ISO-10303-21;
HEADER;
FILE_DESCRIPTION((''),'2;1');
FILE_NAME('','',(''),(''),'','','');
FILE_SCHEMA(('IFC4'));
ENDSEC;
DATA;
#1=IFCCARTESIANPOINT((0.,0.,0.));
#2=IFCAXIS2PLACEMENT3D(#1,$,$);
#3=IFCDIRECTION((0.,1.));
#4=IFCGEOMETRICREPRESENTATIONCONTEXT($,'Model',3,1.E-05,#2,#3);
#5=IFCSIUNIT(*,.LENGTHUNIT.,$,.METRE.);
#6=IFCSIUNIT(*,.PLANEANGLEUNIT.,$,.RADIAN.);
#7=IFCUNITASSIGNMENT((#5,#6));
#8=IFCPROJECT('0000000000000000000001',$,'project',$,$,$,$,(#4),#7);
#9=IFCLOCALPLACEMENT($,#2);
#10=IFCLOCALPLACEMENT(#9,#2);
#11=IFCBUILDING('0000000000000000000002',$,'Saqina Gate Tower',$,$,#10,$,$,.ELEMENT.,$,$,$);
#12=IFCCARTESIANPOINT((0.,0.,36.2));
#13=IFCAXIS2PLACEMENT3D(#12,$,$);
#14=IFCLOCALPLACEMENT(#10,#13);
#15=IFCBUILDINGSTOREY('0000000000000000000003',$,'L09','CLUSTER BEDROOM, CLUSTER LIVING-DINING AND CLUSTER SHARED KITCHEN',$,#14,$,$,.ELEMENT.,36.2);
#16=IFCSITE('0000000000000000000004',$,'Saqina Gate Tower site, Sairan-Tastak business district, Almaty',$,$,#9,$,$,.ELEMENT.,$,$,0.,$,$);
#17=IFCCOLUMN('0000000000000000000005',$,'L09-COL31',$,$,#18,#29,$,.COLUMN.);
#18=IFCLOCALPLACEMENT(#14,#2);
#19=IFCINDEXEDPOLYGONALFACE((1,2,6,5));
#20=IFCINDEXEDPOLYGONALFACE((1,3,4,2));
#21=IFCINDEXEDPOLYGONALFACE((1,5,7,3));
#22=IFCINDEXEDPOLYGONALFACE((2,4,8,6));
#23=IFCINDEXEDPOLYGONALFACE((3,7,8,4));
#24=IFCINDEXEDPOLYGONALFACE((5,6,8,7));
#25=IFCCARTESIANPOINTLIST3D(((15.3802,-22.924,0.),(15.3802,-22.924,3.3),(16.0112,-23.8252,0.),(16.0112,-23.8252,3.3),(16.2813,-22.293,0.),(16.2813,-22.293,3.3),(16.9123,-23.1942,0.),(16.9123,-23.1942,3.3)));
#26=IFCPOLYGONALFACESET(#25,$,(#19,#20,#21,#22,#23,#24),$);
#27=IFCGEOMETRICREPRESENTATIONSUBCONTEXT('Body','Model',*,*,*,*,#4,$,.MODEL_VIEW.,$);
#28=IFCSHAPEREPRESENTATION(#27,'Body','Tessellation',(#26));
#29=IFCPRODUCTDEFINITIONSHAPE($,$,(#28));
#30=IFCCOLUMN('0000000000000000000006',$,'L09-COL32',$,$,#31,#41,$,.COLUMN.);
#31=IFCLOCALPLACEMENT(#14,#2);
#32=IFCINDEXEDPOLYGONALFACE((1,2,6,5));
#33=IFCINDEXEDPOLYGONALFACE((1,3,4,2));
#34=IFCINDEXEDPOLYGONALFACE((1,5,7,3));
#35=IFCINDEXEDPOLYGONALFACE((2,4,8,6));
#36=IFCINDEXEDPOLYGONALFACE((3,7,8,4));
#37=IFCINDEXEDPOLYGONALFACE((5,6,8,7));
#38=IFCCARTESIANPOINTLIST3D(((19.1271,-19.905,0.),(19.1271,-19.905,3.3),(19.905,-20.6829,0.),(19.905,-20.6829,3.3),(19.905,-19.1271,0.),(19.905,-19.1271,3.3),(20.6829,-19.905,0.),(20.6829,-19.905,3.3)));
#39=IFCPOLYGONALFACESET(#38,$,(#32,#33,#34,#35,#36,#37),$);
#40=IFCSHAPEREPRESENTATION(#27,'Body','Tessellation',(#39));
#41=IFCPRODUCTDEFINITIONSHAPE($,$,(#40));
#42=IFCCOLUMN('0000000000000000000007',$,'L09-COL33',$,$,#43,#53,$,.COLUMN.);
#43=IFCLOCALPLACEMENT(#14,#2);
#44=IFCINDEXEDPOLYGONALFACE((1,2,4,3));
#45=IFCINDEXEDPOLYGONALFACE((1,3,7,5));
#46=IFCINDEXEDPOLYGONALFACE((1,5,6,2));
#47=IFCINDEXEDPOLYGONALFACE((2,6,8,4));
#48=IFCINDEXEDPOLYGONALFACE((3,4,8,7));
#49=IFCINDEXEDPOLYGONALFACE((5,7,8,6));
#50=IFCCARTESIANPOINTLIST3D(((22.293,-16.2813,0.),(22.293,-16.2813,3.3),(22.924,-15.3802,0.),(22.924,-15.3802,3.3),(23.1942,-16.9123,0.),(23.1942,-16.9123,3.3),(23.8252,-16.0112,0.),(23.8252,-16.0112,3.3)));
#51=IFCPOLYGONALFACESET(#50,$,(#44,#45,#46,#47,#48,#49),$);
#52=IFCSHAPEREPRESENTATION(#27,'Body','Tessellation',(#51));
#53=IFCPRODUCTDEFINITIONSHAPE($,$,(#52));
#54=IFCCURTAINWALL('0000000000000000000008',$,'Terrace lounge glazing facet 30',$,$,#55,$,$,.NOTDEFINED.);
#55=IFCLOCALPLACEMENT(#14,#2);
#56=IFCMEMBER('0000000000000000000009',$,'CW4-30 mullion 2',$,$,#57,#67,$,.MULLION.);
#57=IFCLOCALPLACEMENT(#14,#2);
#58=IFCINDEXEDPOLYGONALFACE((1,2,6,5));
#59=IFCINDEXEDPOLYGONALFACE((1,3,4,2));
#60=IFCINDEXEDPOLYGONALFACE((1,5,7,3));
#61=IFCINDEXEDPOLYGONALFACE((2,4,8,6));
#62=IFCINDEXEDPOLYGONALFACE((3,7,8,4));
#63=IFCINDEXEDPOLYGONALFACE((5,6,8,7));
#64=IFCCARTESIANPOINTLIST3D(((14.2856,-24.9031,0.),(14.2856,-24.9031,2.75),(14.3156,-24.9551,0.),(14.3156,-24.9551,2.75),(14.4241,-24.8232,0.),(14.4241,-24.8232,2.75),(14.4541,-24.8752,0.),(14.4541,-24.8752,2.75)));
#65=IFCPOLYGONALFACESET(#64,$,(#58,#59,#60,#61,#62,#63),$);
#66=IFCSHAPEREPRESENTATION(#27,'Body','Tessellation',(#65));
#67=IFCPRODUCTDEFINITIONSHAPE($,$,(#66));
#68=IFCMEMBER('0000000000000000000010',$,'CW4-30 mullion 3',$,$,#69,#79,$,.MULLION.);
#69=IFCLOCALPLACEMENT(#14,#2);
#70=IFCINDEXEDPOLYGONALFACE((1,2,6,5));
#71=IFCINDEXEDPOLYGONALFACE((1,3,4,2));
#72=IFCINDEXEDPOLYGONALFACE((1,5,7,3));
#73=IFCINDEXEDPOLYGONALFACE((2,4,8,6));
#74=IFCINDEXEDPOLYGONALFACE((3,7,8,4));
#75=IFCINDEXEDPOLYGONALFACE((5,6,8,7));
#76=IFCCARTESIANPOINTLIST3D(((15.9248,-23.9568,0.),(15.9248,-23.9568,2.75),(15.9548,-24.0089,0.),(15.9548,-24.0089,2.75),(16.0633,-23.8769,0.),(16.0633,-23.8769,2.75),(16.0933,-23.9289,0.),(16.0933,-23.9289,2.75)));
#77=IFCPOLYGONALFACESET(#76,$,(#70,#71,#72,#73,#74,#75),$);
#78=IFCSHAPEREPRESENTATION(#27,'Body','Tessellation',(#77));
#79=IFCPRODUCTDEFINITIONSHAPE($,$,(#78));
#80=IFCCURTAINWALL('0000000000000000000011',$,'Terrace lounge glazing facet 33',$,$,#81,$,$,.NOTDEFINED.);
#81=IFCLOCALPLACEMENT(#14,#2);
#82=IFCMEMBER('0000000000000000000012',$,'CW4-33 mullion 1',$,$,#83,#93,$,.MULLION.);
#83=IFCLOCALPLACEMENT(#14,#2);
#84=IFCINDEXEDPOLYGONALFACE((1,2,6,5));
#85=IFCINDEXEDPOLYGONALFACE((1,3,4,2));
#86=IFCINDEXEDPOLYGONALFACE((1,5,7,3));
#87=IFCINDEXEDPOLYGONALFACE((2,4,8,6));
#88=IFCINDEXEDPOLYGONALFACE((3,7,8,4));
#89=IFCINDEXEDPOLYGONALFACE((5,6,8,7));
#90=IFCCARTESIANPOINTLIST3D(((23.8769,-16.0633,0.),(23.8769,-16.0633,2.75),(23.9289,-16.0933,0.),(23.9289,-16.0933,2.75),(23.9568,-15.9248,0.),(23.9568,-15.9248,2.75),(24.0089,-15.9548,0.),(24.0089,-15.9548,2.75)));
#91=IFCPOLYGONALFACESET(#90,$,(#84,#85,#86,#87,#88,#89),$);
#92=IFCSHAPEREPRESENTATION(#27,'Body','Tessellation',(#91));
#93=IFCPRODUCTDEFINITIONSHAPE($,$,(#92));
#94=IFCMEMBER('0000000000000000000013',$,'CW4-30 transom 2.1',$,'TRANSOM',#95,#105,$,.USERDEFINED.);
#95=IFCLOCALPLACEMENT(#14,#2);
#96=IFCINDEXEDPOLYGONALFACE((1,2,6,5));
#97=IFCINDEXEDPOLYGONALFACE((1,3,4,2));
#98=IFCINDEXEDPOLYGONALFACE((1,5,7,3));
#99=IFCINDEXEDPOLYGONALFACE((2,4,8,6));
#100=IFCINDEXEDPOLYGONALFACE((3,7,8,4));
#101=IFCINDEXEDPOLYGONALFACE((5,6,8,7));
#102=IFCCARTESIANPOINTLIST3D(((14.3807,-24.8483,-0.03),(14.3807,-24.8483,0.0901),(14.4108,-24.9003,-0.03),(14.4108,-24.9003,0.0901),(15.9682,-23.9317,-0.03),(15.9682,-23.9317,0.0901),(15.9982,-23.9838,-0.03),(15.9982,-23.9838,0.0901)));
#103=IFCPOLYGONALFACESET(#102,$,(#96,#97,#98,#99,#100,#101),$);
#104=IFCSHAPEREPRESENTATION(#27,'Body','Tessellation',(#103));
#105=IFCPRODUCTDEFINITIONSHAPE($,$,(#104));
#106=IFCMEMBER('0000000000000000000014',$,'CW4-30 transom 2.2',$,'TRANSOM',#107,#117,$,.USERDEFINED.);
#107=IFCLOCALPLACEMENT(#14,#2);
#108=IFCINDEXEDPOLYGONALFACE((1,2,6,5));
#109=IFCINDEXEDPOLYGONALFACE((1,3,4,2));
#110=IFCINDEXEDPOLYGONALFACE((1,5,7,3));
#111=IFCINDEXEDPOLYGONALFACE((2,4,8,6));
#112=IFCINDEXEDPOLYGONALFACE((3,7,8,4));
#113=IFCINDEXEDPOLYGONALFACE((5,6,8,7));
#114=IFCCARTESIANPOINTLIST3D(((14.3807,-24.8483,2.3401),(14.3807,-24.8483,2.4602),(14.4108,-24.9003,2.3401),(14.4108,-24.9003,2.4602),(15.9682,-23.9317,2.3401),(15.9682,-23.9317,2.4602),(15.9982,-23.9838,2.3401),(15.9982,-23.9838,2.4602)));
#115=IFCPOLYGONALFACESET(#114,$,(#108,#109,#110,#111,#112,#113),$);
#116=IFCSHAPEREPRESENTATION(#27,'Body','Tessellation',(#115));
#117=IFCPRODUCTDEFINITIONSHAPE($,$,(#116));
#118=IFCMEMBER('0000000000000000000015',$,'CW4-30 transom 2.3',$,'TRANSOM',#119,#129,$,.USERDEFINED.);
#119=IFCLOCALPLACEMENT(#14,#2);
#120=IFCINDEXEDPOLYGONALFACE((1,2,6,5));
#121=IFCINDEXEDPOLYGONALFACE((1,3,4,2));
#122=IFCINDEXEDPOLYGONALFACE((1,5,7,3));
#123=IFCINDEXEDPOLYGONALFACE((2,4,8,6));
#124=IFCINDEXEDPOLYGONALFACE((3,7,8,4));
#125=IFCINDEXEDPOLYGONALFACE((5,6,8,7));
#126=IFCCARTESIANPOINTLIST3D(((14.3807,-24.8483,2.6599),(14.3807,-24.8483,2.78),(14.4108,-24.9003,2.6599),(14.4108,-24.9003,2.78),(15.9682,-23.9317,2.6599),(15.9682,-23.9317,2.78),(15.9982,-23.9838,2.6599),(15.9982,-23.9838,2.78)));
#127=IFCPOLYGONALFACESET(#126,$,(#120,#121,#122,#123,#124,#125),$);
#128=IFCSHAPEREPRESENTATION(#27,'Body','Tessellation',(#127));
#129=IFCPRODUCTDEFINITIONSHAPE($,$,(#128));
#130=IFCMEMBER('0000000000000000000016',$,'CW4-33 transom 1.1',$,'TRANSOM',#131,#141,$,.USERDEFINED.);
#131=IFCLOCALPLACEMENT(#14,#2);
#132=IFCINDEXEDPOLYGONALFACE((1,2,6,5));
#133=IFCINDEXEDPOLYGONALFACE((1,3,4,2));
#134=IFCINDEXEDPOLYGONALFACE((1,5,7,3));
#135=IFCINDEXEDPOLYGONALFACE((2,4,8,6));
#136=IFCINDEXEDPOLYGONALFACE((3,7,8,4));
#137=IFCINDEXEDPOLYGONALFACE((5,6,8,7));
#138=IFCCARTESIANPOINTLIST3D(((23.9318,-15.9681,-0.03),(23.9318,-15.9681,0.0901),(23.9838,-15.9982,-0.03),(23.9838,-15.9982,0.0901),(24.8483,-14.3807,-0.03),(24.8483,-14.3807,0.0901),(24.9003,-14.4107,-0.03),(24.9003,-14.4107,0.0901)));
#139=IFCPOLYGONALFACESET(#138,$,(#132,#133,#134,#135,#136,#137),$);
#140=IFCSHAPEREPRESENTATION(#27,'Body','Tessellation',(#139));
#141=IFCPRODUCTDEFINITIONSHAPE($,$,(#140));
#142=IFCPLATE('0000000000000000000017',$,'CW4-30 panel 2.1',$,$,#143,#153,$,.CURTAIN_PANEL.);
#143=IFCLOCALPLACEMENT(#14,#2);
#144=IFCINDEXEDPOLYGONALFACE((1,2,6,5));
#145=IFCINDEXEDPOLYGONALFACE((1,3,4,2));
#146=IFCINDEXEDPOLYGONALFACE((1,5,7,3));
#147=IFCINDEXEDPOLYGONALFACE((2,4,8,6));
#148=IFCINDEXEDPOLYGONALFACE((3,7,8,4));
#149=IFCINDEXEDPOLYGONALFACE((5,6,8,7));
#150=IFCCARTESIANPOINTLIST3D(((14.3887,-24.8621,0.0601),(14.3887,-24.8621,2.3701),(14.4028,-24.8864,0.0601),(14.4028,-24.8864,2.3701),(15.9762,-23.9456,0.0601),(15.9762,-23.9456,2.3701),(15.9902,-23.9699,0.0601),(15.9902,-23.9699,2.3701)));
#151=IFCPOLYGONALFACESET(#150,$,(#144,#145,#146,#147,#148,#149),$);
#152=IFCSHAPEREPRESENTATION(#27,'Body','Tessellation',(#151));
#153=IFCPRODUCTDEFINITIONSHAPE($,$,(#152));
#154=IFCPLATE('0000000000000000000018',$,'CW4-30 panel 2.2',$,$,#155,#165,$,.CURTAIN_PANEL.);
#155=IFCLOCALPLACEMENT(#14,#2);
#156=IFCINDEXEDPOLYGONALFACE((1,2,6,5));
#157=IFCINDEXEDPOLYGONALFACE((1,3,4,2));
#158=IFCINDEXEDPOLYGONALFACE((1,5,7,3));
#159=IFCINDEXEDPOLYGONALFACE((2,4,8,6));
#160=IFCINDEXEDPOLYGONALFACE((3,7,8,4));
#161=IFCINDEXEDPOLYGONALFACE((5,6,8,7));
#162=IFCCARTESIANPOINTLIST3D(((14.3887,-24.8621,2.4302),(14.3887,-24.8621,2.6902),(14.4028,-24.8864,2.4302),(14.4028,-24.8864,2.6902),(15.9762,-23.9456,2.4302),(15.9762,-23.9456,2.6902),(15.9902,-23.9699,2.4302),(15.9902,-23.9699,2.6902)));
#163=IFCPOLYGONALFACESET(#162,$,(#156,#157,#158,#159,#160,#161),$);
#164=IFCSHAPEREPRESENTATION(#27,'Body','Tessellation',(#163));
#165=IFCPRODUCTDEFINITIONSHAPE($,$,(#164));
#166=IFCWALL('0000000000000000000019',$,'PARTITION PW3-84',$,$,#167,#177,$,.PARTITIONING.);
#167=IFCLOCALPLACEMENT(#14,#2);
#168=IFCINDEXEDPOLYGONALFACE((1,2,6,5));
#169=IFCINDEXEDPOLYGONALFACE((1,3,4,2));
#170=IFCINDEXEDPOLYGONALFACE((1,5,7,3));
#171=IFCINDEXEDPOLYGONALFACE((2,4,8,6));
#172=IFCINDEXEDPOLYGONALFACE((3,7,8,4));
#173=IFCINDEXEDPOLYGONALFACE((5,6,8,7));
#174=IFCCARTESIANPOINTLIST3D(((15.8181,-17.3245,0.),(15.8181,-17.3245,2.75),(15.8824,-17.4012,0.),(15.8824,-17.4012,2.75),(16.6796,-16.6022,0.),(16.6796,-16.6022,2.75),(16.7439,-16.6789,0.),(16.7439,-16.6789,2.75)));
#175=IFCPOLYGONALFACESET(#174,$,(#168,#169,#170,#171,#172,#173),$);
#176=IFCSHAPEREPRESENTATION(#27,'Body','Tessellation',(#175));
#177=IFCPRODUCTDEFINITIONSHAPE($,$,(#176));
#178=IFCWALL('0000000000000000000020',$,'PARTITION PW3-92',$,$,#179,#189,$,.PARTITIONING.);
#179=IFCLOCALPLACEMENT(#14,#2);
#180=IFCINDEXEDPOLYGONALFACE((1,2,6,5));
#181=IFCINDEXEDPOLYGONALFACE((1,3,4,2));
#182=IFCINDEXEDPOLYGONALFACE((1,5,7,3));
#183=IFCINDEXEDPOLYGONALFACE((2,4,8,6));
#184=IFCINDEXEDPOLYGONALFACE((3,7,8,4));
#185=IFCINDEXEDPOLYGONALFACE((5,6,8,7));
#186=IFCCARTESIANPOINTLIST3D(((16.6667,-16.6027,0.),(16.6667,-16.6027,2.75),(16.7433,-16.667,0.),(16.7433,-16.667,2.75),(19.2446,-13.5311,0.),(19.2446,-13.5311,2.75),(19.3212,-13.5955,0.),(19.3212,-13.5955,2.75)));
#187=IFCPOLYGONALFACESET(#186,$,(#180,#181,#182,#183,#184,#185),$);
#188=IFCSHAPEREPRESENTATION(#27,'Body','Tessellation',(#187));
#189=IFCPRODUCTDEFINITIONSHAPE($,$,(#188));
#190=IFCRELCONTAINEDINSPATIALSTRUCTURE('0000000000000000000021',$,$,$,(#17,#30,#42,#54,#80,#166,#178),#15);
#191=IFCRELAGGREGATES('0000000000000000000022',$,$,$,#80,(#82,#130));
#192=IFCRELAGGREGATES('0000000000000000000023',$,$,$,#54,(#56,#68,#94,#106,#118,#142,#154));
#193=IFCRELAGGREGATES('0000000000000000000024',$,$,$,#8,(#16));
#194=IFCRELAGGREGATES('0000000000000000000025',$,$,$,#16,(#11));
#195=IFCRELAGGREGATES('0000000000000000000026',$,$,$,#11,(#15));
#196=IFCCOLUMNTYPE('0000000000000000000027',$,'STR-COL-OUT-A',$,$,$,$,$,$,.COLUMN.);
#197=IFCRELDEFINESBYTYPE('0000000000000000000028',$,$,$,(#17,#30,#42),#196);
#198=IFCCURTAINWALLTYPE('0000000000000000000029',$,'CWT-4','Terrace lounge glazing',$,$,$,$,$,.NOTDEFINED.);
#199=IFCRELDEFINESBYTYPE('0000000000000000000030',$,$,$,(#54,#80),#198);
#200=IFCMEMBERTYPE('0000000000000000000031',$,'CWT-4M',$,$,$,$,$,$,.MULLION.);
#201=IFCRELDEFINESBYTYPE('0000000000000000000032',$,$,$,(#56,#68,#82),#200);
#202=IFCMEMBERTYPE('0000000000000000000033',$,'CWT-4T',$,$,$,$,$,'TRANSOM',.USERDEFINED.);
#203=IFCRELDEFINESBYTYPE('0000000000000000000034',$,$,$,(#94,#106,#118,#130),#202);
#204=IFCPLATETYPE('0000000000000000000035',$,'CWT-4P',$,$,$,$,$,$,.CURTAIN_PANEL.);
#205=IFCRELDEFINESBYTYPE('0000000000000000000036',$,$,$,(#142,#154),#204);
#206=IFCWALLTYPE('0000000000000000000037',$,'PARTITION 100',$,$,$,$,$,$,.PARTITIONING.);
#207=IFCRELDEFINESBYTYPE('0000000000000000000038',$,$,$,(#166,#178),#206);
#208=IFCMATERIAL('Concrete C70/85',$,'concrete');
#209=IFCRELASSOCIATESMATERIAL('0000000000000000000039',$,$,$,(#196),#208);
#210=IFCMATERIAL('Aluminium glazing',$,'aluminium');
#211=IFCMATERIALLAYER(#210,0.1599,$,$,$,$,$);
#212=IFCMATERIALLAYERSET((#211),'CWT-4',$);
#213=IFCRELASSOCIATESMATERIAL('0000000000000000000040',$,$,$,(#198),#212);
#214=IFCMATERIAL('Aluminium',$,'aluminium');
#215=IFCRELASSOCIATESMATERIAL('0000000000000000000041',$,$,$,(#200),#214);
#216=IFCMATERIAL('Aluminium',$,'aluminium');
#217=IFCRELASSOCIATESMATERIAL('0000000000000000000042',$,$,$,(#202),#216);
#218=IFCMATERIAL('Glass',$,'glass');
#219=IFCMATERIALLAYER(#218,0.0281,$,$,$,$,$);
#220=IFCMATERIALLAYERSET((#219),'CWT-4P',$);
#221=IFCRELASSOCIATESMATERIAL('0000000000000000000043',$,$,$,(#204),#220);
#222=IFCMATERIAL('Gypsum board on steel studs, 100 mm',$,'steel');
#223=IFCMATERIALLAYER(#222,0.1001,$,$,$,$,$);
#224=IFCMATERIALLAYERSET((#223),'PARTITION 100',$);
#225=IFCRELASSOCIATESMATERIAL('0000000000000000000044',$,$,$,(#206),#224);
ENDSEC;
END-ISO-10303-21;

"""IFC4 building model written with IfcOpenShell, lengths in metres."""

from ifc_helpers import new_model, si_unit, direction, frame, frame_2d, origin, origin_2d, place, context, subcontext, project, spatial, rectangle, extrude, material, layer, layer_set, material_profile, profile_set, type_object, element, aggregate, save


model = new_model("IFC4")

# Units and contexts
model_context = context("Model", 3, precision=1e-05, world=origin(), true_north=direction((0.0, 1.0)))
body_context = subcontext(model_context, "Body", "Model", "MODEL_VIEW")
ifc_project = project(units=[si_unit("LENGTHUNIT", "METRE"), si_unit("PLANEANGLEUNIT", "RADIAN")], contexts=[model_context])

# Site, building, storey
site_placement = place(None, origin())
site = spatial("IfcSite", under=ifc_project, at=site_placement, Name="Saqina Gate Tower site, Sairan-Tastak business district, Almaty", CompositionType="ELEMENT", RefElevation=0.0)
building_placement = place(site_placement, origin())
building = spatial("IfcBuilding", under=site, at=building_placement, Name="Saqina Gate Tower", CompositionType="ELEMENT")
storey_placement = place(building_placement, frame((0.0, 0.0, 36.2)))
storey = spatial("IfcBuildingStorey", under=building, at=storey_placement, Name="L09", Description="CLUSTER BEDROOM, CLUSTER LIVING-DINING AND CLUSTER SHARED KITCHEN", CompositionType="ELEMENT", Elevation=36.2)

# Columns
ifc_material_1 = material(Name="Concrete C70/85", Category="concrete")
ifc_material_profile_1 = material_profile(ifc_material_1, rectangle(XDim=1.1001, YDim=1.1001, at=origin_2d()), Name="RC 1100x1100")
ifc_profile_set_1 = profile_set([ifc_material_profile_1], Name="Concrete C70/85")
column_type = type_object("IfcColumnType", Name="STR-COL-OUT-A", PredefinedType="COLUMN", material=ifc_profile_set_1)
for number, where, z_axis, x_axis, name in (
    (1, (16.1462, -23.0591, 0.0), (0.0, 0.0, 1.0), (0.573576, -0.819152, 0.0), "L09-COL31"),
    (2, (19.905, -19.905, 0.0), (0.0, 0.0, 1.0), (0.707107, -0.707107, 0.0), "L09-COL32"),
    (3, (23.0591, -16.1462, 0.0), (0.0, 0.0, 1.0), (0.819152, -0.573576, 0.0), "L09-COL33"),
):
    element("IfcColumn", number, at=place(storey_placement, frame(where, z_axis=z_axis, x_axis=x_axis)), inside=storey, type_object=column_type, Name=name, PredefinedType="COLUMN", context=body_context, shape_type="SweptSolid", body=[
        extrude(rectangle(XDim=1.1001, YDim=1.1001, at=origin_2d()), origin(), (0.0, 0.0, 1.0), 3.3),
    ])

# Curtain wall, members
ifc_material_2 = material(Name="Aluminium glazing", Category="aluminium")
ifc_layer_1 = layer(ifc_material_2, 0.1599)
ifc_layer_set_1 = layer_set([ifc_layer_1], Name="CWT-4")
curtain_wall_type = type_object("IfcCurtainWallType", Name="CWT-4", Description="Terrace lounge glazing", PredefinedType="NOTDEFINED", material=ifc_layer_set_1)
curtain_wall_1_placement = place(storey_placement, origin())
curtain_wall_1 = element("IfcCurtainWall", 4, at=curtain_wall_1_placement, inside=storey, type_object=curtain_wall_type, Name="Terrace lounge glazing facet 30", PredefinedType="NOTDEFINED")
ifc_material_3 = material(Name="Aluminium", Category="aluminium")
ifc_material_profile_2 = material_profile(ifc_material_3, rectangle(XDim=0.0601, YDim=0.1599, at=origin_2d()), Name="Aluminium 60x160")
ifc_profile_set_2 = profile_set([ifc_material_profile_2], Name="Aluminium")
member_type_1 = type_object("IfcMemberType", Name="CWT-4M", PredefinedType="MULLION", material=ifc_profile_set_2)
member_1_placement = place(storey_placement, frame((14.3699, -24.8892, 0.0), z_axis=(0.0, 0.0, 1.0), x_axis=(-0.499996, 0.866028, 0.0)))
member_1 = element("IfcMember", 5, at=member_1_placement, type_object=member_type_1, Name="CW4-30 mullion 2", PredefinedType="MULLION", context=body_context, shape_type="SweptSolid", body=[
    extrude(rectangle(XDim=0.0601, YDim=0.1599, at=origin_2d()), origin(), (0.0, 0.0, 1.0), 2.75),
])
member_2_placement = place(storey_placement, frame((16.009, -23.9429, 0.0), z_axis=(0.0, 0.0, 1.0), x_axis=(-0.499996, 0.866028, 0.0)))
member_2 = element("IfcMember", 6, at=member_2_placement, type_object=member_type_1, Name="CW4-30 mullion 3", PredefinedType="MULLION", context=body_context, shape_type="SweptSolid", body=[
    extrude(rectangle(XDim=0.0601, YDim=0.1599, at=origin_2d()), origin(), (0.0, 0.0, 1.0), 2.75),
])

# Curtain wall, member
curtain_wall_2_placement = place(storey_placement, origin())
curtain_wall_2 = element("IfcCurtainWall", 7, at=curtain_wall_2_placement, inside=storey, type_object=curtain_wall_type, Name="Terrace lounge glazing facet 33", PredefinedType="NOTDEFINED")
member_3_placement = place(storey_placement, frame((23.9429, -16.009, 0.0), z_axis=(0.0, 0.0, 1.0), x_axis=(-0.866028, 0.499996, 0.0)))
member_3 = element("IfcMember", 8, at=member_3_placement, type_object=member_type_1, Name="CW4-33 mullion 1", PredefinedType="MULLION", context=body_context, shape_type="SweptSolid", body=[
    extrude(rectangle(XDim=0.0601, YDim=0.1599, at=origin_2d()), origin(), (0.0, 0.0, 1.0), 2.75),
])

# Members
ifc_material_4 = material(Name="Aluminium", Category="aluminium")
ifc_material_profile_3 = material_profile(ifc_material_4, rectangle(XDim=0.0601, YDim=0.1201, at=origin_2d()), Name="Aluminium 60x120")
ifc_profile_set_3 = profile_set([ifc_material_profile_3], Name="Aluminium")
member_type_2 = type_object("IfcMemberType", Name="CWT-4T", ElementType="TRANSOM", PredefinedType="USERDEFINED", material=ifc_profile_set_3)
member_4_placement = place(storey_placement, frame((14.3958, -24.8743, 0.03), z_axis=(0.866021, 0.500007, 0.0), x_axis=(-0.500007, 0.866021, 0.0)))
member_4 = element("IfcMember", 9, at=member_4_placement, type_object=member_type_2, Name="CW4-30 transom 2.1", ObjectType="TRANSOM", PredefinedType="USERDEFINED", context=body_context, shape_type="SweptSolid", body=[
    extrude(rectangle(XDim=0.0601, YDim=0.1201, at=origin_2d()), origin(), (0.0, 0.0, 1.0), 1.833),
])
member_5_placement = place(storey_placement, frame((14.3958, -24.8743, 2.4001), z_axis=(0.866021, 0.500007, 0.0), x_axis=(-0.500007, 0.866021, 0.0)))
member_5 = element("IfcMember", 10, at=member_5_placement, type_object=member_type_2, Name="CW4-30 transom 2.2", ObjectType="TRANSOM", PredefinedType="USERDEFINED", context=body_context, shape_type="SweptSolid", body=[
    extrude(rectangle(XDim=0.0601, YDim=0.1201, at=origin_2d()), origin(), (0.0, 0.0, 1.0), 1.833),
])
member_6_placement = place(storey_placement, frame((14.3958, -24.8743, 2.72), z_axis=(0.866021, 0.500007, 0.0), x_axis=(-0.500007, 0.866021, 0.0)))
member_6 = element("IfcMember", 11, at=member_6_placement, type_object=member_type_2, Name="CW4-30 transom 2.3", ObjectType="TRANSOM", PredefinedType="USERDEFINED", context=body_context, shape_type="SweptSolid", body=[
    extrude(rectangle(XDim=0.0601, YDim=0.1201, at=origin_2d()), origin(), (0.0, 0.0, 1.0), 1.833),
])
member_7_placement = place(storey_placement, frame((23.9578, -15.9832, 0.03), z_axis=(0.500007, 0.866021, 0.0), x_axis=(-0.866021, 0.500007, 0.0)))
member_7 = element("IfcMember", 12, at=member_7_placement, type_object=member_type_2, Name="CW4-33 transom 1.1", ObjectType="TRANSOM", PredefinedType="USERDEFINED", context=body_context, shape_type="SweptSolid", body=[
    extrude(rectangle(XDim=0.0601, YDim=0.1201, at=origin_2d()), origin(), (0.0, 0.0, 1.0), 1.833),
])
aggregate(curtain_wall_2, [member_3, member_7])

# Plates
ifc_material_5 = material(Name="Glass", Category="glass")
ifc_layer_2 = layer(ifc_material_5, 0.0281)
ifc_layer_set_2 = layer_set([ifc_layer_2], Name="CWT-4P")
plate_type = type_object("IfcPlateType", Name="CWT-4P", PredefinedType="CURTAIN_PANEL", material=ifc_layer_set_2)
plate_1_placement = place(storey_placement, frame((15.1895, -24.416, 0.0601), z_axis=(0.0, 0.0, 1.0), x_axis=(0.866028, 0.499996, 0.0)))
plate_1 = element("IfcPlate", 13, at=plate_1_placement, type_object=plate_type, Name="CW4-30 panel 2.1", PredefinedType="CURTAIN_PANEL", context=body_context, shape_type="SweptSolid", body=[
    extrude(rectangle(XDim=1.833, YDim=0.0281, at=origin_2d()), origin(), (0.0, 0.0, 1.0), 2.3101),
])
plate_2_placement = place(storey_placement, frame((15.1895, -24.416, 2.4302), z_axis=(0.0, 0.0, 1.0), x_axis=(0.866028, 0.499996, 0.0)))
plate_2 = element("IfcPlate", 14, at=plate_2_placement, type_object=plate_type, Name="CW4-30 panel 2.2", PredefinedType="CURTAIN_PANEL", context=body_context, shape_type="SweptSolid", body=[
    extrude(rectangle(XDim=1.833, YDim=0.0281, at=origin_2d()), origin(), (0.0, 0.0, 1.0), 0.26),
])
aggregate(curtain_wall_1, [member_1, member_2, member_4, member_5, member_6, plate_1, plate_2])

# Walls
ifc_material_6 = material(Name="Gypsum board on steel studs, 100 mm", Category="steel")
ifc_layer_3 = layer(ifc_material_6, 0.1001)
ifc_layer_set_3 = layer_set([ifc_layer_3], Name="PARTITION 100")
wall_type_1 = type_object("IfcWallType", Name="PARTITION 100", PredefinedType="PARTITIONING", material=ifc_layer_set_3)
wall_1_placement = place(storey_placement, frame((15.8503, -17.3628, 0.0), z_axis=(0.0, 0.0, 1.0), x_axis=(0.766278, 0.642509, 0.0)))
element("IfcWall", 15, at=wall_1_placement, inside=storey, type_object=wall_type_1, Name="PARTITION PW3-84", PredefinedType="PARTITIONING", context=body_context, shape_type="SweptSolid", body=[
    extrude(rectangle(XDim=1.1243, YDim=0.1001, at=frame_2d((0.562, 0.0))), origin(), (0.0, 0.0, 1.0), 2.75),
])
wall_2_placement = place(storey_placement, frame((16.7051, -16.6348, 0.0), z_axis=(0.0, 0.0, 1.0), x_axis=(0.642869, 0.765976, 0.0)))
element("IfcWall", 16, at=wall_2_placement, inside=storey, type_object=wall_type_1, Name="PARTITION PW3-92", PredefinedType="PARTITIONING", context=body_context, shape_type="SweptSolid", body=[
    extrude(rectangle(XDim=4.01, YDim=0.1001, at=frame_2d((2.0049, 0.0))), origin(), (0.0, 0.0, 1.0), 2.75),
])

save(model, "model.ifc")
